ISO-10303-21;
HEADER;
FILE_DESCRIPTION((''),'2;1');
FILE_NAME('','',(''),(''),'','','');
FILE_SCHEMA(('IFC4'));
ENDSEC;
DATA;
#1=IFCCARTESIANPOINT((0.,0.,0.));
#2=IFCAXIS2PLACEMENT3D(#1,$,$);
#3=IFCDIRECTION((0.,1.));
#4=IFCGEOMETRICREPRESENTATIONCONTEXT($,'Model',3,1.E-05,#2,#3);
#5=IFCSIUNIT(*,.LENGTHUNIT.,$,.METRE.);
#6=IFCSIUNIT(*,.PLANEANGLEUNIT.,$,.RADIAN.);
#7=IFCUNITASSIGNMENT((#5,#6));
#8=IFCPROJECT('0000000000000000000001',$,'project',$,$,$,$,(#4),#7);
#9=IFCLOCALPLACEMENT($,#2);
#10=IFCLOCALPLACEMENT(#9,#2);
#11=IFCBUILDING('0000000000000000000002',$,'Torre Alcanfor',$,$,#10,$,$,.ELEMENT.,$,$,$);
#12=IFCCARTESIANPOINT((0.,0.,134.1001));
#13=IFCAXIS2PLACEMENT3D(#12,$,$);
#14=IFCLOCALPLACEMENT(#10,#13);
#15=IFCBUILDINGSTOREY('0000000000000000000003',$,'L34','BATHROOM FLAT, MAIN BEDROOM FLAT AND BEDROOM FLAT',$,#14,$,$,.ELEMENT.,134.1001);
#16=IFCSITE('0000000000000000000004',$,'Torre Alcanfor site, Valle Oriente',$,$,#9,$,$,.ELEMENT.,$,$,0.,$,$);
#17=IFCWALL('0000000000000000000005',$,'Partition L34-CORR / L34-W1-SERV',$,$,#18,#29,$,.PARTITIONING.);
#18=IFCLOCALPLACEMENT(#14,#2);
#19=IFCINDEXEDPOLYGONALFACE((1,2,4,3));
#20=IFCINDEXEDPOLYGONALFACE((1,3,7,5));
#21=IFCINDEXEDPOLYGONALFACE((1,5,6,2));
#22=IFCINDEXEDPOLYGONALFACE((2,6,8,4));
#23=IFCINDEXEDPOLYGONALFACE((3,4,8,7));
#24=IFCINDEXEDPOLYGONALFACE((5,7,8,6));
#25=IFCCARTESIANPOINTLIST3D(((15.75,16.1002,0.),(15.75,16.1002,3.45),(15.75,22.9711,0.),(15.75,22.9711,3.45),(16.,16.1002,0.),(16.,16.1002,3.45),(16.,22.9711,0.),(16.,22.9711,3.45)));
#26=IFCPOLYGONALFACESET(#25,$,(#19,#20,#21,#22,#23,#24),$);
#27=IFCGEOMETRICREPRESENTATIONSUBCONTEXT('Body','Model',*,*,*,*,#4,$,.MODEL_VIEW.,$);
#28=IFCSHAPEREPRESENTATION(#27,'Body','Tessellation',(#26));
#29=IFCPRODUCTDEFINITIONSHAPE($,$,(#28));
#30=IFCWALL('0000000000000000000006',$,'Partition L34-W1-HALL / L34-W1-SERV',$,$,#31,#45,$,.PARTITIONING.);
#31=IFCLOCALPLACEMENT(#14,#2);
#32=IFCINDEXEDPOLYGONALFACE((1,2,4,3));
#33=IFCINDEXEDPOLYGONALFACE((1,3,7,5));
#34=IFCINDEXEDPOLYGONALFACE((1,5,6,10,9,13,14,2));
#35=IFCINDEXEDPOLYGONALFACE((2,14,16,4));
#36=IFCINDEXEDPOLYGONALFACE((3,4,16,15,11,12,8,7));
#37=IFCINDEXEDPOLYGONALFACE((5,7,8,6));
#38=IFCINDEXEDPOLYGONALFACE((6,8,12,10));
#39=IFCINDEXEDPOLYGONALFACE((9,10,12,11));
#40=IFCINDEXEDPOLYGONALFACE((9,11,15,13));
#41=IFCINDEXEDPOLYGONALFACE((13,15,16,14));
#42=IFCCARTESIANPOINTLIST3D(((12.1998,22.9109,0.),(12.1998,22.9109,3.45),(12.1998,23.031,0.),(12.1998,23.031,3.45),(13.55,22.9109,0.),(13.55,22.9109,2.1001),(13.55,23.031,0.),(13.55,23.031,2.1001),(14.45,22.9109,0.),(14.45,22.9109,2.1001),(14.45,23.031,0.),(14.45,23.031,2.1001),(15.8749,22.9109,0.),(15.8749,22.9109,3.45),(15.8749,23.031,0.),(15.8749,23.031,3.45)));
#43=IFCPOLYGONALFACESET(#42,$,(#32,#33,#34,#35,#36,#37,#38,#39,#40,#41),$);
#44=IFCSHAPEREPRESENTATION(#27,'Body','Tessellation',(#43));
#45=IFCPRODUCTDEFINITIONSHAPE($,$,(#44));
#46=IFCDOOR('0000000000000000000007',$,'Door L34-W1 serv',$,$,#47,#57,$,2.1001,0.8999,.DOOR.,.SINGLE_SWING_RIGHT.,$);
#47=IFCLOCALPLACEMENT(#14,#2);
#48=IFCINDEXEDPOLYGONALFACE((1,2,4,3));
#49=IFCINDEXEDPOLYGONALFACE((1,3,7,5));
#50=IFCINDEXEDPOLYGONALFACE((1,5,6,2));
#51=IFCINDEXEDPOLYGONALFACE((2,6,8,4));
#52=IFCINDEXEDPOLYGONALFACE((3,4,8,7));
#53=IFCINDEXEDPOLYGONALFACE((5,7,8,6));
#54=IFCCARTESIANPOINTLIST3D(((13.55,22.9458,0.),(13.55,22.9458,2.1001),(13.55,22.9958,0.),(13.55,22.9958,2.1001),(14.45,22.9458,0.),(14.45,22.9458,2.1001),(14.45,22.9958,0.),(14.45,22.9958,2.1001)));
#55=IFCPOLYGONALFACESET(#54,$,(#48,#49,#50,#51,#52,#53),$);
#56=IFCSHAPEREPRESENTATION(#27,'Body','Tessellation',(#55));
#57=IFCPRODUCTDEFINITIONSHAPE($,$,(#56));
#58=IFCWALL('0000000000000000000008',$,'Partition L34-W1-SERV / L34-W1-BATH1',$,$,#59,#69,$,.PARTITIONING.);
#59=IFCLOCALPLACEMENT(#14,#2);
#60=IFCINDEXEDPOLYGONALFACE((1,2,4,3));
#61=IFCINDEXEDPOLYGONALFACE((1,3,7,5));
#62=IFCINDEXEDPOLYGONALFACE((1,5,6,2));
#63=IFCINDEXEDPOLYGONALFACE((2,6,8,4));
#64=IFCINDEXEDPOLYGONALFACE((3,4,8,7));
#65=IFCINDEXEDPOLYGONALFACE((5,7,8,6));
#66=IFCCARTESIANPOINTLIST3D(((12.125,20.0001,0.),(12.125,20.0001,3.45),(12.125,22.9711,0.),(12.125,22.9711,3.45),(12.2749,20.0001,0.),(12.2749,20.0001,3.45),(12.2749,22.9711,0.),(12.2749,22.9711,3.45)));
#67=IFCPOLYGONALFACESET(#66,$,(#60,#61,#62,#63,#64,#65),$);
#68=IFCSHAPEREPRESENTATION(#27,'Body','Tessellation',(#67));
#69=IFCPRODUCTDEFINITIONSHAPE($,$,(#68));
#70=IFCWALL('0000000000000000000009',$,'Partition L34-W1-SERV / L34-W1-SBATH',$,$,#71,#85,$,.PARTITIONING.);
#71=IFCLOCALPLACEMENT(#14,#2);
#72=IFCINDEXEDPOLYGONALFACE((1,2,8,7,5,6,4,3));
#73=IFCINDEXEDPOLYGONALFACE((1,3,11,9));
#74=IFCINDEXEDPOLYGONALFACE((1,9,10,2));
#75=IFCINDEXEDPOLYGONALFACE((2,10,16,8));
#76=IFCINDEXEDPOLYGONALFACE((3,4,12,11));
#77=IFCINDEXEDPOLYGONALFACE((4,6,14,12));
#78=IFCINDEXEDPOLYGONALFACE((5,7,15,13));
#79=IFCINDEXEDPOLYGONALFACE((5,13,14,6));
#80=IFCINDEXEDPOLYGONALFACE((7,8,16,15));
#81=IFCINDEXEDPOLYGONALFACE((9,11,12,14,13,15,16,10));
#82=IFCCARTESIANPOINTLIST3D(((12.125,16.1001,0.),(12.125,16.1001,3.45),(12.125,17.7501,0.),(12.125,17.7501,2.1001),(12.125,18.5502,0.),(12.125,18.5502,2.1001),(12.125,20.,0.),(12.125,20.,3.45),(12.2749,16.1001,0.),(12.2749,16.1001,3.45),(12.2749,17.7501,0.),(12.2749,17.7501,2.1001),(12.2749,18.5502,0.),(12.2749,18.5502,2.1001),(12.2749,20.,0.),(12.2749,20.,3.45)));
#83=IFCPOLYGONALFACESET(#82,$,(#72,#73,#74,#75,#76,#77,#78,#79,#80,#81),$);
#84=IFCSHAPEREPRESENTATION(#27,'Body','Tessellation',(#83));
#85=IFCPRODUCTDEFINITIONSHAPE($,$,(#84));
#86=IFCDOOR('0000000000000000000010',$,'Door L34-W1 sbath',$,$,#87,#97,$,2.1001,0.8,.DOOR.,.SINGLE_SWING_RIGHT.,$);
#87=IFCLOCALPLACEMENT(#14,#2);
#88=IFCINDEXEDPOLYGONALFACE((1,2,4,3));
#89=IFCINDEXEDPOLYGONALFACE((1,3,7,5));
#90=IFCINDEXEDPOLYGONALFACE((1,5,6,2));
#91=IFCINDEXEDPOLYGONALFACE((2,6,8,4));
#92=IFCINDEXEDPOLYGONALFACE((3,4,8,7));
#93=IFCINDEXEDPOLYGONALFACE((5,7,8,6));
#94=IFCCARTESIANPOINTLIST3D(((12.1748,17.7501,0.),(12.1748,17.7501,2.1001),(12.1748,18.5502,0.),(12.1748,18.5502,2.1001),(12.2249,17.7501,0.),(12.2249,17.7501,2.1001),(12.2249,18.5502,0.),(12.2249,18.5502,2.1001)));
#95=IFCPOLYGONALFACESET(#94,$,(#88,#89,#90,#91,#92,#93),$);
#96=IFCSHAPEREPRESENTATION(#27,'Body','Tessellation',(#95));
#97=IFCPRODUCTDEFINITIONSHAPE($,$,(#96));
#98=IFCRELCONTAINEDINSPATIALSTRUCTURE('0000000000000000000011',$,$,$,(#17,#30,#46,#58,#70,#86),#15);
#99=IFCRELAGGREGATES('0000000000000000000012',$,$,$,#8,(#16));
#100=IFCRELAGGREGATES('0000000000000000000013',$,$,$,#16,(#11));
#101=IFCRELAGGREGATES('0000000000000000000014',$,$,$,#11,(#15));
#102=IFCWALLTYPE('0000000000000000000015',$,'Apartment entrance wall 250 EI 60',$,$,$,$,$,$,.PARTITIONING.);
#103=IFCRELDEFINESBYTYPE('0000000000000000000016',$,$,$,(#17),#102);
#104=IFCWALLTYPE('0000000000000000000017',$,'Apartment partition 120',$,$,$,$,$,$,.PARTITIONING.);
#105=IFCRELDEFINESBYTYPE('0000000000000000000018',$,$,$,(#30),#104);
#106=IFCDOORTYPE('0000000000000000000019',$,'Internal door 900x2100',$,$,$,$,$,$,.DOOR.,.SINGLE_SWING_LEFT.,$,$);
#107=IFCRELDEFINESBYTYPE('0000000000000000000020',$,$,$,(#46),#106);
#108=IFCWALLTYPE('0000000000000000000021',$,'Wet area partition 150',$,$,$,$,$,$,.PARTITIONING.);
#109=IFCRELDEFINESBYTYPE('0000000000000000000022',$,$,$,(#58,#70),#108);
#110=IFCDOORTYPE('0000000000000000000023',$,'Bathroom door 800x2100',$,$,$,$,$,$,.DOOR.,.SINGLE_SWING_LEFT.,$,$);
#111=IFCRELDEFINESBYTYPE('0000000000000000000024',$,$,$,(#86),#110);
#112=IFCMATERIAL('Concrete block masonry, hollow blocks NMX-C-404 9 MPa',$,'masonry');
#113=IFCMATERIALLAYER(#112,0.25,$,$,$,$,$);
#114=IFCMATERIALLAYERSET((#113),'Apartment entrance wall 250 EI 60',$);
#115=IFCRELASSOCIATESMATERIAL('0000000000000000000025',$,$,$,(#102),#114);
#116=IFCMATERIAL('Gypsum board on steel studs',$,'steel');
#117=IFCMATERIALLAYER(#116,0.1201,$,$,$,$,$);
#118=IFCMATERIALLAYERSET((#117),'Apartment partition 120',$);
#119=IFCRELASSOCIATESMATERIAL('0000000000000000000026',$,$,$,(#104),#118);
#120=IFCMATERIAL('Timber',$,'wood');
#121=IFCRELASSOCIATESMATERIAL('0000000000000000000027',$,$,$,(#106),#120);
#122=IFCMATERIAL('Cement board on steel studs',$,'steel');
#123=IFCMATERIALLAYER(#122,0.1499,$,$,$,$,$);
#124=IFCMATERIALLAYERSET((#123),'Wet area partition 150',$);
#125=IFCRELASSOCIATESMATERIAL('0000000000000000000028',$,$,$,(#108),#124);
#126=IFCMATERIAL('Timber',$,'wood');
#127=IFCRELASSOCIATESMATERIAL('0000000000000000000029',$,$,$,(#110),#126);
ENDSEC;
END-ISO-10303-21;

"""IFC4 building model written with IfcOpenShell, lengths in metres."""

from ifc_helpers import new_model, si_unit, direction, frame, frame_2d, origin, place, context, subcontext, project, spatial, rectangle, extrude, material, layer, layer_set, type_object, element, fill, save


model = new_model("IFC4")

# Units and contexts
model_context = context("Model", 3, precision=1e-05, world=origin(), true_north=direction((0.0, 1.0)))
body_context = subcontext(model_context, "Body", "Model", "MODEL_VIEW")
ifc_project = project(units=[si_unit("LENGTHUNIT", "METRE"), si_unit("PLANEANGLEUNIT", "RADIAN")], contexts=[model_context])

# Site, building, storey
site_placement = place(None, origin())
site = spatial("IfcSite", under=ifc_project, at=site_placement, Name="Torre Alcanfor site, Valle Oriente", CompositionType="ELEMENT", RefElevation=0.0)
building_placement = place(site_placement, origin())
building = spatial("IfcBuilding", under=site, at=building_placement, Name="Torre Alcanfor", CompositionType="ELEMENT")
storey_placement = place(building_placement, frame((0.0, 0.0, 134.1001)))
storey = spatial("IfcBuildingStorey", under=building, at=storey_placement, Name="L34", Description="BATHROOM FLAT, MAIN BEDROOM FLAT AND BEDROOM FLAT", CompositionType="ELEMENT", Elevation=134.1001)

# Shared definitions
ifc_material_1 = material(Name="Concrete block masonry, hollow blocks NMX-C-404 9 MPa", Category="masonry")
ifc_layer_1 = layer(ifc_material_1, 0.25)
ifc_layer_set_1 = layer_set([ifc_layer_1], Name="Apartment entrance wall 250 EI 60")
wall_type_1 = type_object("IfcWallType", Name="Apartment entrance wall 250 EI 60", PredefinedType="PARTITIONING", material=ifc_layer_set_1)

# Wall
wall_1_placement = place(storey_placement, frame((15.875, 16.1001, 0.0), z_axis=(0.0, 0.0, 1.0), x_axis=(0.0, 1.0, 0.0)))
element("IfcWall", 1, at=wall_1_placement, inside=storey, type_object=wall_type_1, Name="Partition L34-CORR / L34-W1-SERV", PredefinedType="PARTITIONING", context=body_context, shape_type="SweptSolid", body=[
    extrude(rectangle(XDim=6.8708, YDim=0.25, at=frame_2d((3.4355, 0.0))), origin(), (0.0, 0.0, 1.0), 3.45),
])

# Wall, opening, door
ifc_material_2 = material(Name="Gypsum board on steel studs", Category="steel")
ifc_layer_2 = layer(ifc_material_2, 0.1201)
ifc_layer_set_2 = layer_set([ifc_layer_2], Name="Apartment partition 120")
wall_type_2 = type_object("IfcWallType", Name="Apartment partition 120", PredefinedType="PARTITIONING", material=ifc_layer_set_2)
wall_2_placement = place(storey_placement, frame((12.2, 22.9709, 0.0), z_axis=(0.0, 0.0, 1.0), x_axis=(1.0, 0.0, 0.0)))
wall_2 = element("IfcWall", 2, at=wall_2_placement, inside=storey, type_object=wall_type_2, Name="Partition L34-W1-HALL / L34-W1-SERV", PredefinedType="PARTITIONING", context=body_context, shape_type="SweptSolid", body=[
    extrude(rectangle(XDim=3.675, YDim=0.1201, at=frame_2d((1.8374, 0.0))), origin(), (0.0, 0.0, 1.0), 3.45),
])
opening_1_placement = place(wall_2_placement, frame((1.3501, 0.0, 0.0)))
opening_1 = element("IfcOpeningElement", 3, at=opening_1_placement, cuts=wall_2, PredefinedType="OPENING", context=body_context, shape_type="SweptSolid", body=[
    extrude(rectangle(XDim=0.8999, YDim=2.1001, at=frame_2d((0.45, 1.05))), frame((0.0, 0.0701, 0.0), z_axis=(0.0, -1.0, 0.0), x_axis=(1.0, 0.0, 0.0)), (0.0, 0.0, 1.0), 0.1401),
])
ifc_material_3 = material(Name="Timber", Category="wood")
door_type_1 = type_object("IfcDoorType", Name="Internal door 900x2100", OperationType="SINGLE_SWING_LEFT", PredefinedType="DOOR", material=ifc_material_3)
door_1_placement = place(opening_1_placement, frame((0.8999, 0.0, 0.0), z_axis=(0.0, 0.0, 1.0), x_axis=(-1.0, 0.0, 0.0)))
door_1 = element("IfcDoor", 4, at=door_1_placement, inside=storey, type_object=door_type_1, Name="Door L34-W1 serv", OperationType="SINGLE_SWING_RIGHT", OverallHeight=2.1001, OverallWidth=0.8999, PredefinedType="DOOR", context=body_context, shape_type="SweptSolid", body=[
    extrude(rectangle(XDim=0.8999, YDim=2.1001, at=frame_2d((0.45, 1.05))), frame((0.0, 0.0251, 0.0), z_axis=(0.0, -1.0, 0.0), x_axis=(1.0, 0.0, 0.0)), (0.0, 0.0, 1.0), 0.05),
])
fill(opening_1, door_1)

# Wall
ifc_material_4 = material(Name="Cement board on steel studs", Category="steel")
ifc_layer_3 = layer(ifc_material_4, 0.1499)
ifc_layer_set_3 = layer_set([ifc_layer_3], Name="Wet area partition 150")
wall_type_3 = type_object("IfcWallType", Name="Wet area partition 150", PredefinedType="PARTITIONING", material=ifc_layer_set_3)
wall_3_placement = place(storey_placement, frame((12.2, 22.9709, 0.0), z_axis=(0.0, 0.0, 1.0), x_axis=(0.0, -1.0, 0.0)))
element("IfcWall", 5, at=wall_3_placement, inside=storey, type_object=wall_type_3, Name="Partition L34-W1-SERV / L34-W1-BATH1", PredefinedType="PARTITIONING", context=body_context, shape_type="SweptSolid", body=[
    extrude(rectangle(XDim=2.9709, YDim=0.1499, at=frame_2d((1.4854, 0.0))), origin(), (0.0, 0.0, 1.0), 3.45),
])

# Wall, opening, door
wall_4_placement = place(storey_placement, frame((12.2, 20.0, 0.0), z_axis=(0.0, 0.0, 1.0), x_axis=(0.0, -1.0, 0.0)))
wall_4 = element("IfcWall", 6, at=wall_4_placement, inside=storey, type_object=wall_type_3, Name="Partition L34-W1-SERV / L34-W1-SBATH", PredefinedType="PARTITIONING", context=body_context, shape_type="SweptSolid", body=[
    extrude(rectangle(XDim=3.8999, YDim=0.1499, at=frame_2d((1.95, 0.0))), origin(), (0.0, 0.0, 1.0), 3.45),
])
opening_2_placement = place(wall_4_placement, frame((1.45, 0.0, 0.0)))
opening_2 = element("IfcOpeningElement", 7, at=opening_2_placement, cuts=wall_4, PredefinedType="OPENING", context=body_context, shape_type="SweptSolid", body=[
    extrude(rectangle(XDim=0.8, YDim=2.1001, at=frame_2d((0.3999, 1.05))), frame((0.0, 0.085, 0.0), z_axis=(0.0, -1.0, 0.0), x_axis=(1.0, 0.0, 0.0)), (0.0, 0.0, 1.0), 0.1699),
])
ifc_material_5 = material(Name="Timber", Category="wood")
door_type_2 = type_object("IfcDoorType", Name="Bathroom door 800x2100", OperationType="SINGLE_SWING_LEFT", PredefinedType="DOOR", material=ifc_material_5)
door_2_placement = place(opening_2_placement, frame((0.8, 0.0, 0.0), z_axis=(0.0, 0.0, 1.0), x_axis=(-1.0, 0.0, 0.0)))
door_2 = element("IfcDoor", 8, at=door_2_placement, inside=storey, type_object=door_type_2, Name="Door L34-W1 sbath", OperationType="SINGLE_SWING_RIGHT", OverallHeight=2.1001, OverallWidth=0.8, PredefinedType="DOOR", context=body_context, shape_type="SweptSolid", body=[
    extrude(rectangle(XDim=0.8, YDim=2.1001, at=frame_2d((0.4001, 1.05))), frame((0.0, 0.0251, 0.0), z_axis=(0.0, -1.0, 0.0), x_axis=(1.0, 0.0, 0.0)), (0.0, 0.0, 1.0), 0.05),
])
fill(opening_2, door_2)

save(model, "model.ifc")
